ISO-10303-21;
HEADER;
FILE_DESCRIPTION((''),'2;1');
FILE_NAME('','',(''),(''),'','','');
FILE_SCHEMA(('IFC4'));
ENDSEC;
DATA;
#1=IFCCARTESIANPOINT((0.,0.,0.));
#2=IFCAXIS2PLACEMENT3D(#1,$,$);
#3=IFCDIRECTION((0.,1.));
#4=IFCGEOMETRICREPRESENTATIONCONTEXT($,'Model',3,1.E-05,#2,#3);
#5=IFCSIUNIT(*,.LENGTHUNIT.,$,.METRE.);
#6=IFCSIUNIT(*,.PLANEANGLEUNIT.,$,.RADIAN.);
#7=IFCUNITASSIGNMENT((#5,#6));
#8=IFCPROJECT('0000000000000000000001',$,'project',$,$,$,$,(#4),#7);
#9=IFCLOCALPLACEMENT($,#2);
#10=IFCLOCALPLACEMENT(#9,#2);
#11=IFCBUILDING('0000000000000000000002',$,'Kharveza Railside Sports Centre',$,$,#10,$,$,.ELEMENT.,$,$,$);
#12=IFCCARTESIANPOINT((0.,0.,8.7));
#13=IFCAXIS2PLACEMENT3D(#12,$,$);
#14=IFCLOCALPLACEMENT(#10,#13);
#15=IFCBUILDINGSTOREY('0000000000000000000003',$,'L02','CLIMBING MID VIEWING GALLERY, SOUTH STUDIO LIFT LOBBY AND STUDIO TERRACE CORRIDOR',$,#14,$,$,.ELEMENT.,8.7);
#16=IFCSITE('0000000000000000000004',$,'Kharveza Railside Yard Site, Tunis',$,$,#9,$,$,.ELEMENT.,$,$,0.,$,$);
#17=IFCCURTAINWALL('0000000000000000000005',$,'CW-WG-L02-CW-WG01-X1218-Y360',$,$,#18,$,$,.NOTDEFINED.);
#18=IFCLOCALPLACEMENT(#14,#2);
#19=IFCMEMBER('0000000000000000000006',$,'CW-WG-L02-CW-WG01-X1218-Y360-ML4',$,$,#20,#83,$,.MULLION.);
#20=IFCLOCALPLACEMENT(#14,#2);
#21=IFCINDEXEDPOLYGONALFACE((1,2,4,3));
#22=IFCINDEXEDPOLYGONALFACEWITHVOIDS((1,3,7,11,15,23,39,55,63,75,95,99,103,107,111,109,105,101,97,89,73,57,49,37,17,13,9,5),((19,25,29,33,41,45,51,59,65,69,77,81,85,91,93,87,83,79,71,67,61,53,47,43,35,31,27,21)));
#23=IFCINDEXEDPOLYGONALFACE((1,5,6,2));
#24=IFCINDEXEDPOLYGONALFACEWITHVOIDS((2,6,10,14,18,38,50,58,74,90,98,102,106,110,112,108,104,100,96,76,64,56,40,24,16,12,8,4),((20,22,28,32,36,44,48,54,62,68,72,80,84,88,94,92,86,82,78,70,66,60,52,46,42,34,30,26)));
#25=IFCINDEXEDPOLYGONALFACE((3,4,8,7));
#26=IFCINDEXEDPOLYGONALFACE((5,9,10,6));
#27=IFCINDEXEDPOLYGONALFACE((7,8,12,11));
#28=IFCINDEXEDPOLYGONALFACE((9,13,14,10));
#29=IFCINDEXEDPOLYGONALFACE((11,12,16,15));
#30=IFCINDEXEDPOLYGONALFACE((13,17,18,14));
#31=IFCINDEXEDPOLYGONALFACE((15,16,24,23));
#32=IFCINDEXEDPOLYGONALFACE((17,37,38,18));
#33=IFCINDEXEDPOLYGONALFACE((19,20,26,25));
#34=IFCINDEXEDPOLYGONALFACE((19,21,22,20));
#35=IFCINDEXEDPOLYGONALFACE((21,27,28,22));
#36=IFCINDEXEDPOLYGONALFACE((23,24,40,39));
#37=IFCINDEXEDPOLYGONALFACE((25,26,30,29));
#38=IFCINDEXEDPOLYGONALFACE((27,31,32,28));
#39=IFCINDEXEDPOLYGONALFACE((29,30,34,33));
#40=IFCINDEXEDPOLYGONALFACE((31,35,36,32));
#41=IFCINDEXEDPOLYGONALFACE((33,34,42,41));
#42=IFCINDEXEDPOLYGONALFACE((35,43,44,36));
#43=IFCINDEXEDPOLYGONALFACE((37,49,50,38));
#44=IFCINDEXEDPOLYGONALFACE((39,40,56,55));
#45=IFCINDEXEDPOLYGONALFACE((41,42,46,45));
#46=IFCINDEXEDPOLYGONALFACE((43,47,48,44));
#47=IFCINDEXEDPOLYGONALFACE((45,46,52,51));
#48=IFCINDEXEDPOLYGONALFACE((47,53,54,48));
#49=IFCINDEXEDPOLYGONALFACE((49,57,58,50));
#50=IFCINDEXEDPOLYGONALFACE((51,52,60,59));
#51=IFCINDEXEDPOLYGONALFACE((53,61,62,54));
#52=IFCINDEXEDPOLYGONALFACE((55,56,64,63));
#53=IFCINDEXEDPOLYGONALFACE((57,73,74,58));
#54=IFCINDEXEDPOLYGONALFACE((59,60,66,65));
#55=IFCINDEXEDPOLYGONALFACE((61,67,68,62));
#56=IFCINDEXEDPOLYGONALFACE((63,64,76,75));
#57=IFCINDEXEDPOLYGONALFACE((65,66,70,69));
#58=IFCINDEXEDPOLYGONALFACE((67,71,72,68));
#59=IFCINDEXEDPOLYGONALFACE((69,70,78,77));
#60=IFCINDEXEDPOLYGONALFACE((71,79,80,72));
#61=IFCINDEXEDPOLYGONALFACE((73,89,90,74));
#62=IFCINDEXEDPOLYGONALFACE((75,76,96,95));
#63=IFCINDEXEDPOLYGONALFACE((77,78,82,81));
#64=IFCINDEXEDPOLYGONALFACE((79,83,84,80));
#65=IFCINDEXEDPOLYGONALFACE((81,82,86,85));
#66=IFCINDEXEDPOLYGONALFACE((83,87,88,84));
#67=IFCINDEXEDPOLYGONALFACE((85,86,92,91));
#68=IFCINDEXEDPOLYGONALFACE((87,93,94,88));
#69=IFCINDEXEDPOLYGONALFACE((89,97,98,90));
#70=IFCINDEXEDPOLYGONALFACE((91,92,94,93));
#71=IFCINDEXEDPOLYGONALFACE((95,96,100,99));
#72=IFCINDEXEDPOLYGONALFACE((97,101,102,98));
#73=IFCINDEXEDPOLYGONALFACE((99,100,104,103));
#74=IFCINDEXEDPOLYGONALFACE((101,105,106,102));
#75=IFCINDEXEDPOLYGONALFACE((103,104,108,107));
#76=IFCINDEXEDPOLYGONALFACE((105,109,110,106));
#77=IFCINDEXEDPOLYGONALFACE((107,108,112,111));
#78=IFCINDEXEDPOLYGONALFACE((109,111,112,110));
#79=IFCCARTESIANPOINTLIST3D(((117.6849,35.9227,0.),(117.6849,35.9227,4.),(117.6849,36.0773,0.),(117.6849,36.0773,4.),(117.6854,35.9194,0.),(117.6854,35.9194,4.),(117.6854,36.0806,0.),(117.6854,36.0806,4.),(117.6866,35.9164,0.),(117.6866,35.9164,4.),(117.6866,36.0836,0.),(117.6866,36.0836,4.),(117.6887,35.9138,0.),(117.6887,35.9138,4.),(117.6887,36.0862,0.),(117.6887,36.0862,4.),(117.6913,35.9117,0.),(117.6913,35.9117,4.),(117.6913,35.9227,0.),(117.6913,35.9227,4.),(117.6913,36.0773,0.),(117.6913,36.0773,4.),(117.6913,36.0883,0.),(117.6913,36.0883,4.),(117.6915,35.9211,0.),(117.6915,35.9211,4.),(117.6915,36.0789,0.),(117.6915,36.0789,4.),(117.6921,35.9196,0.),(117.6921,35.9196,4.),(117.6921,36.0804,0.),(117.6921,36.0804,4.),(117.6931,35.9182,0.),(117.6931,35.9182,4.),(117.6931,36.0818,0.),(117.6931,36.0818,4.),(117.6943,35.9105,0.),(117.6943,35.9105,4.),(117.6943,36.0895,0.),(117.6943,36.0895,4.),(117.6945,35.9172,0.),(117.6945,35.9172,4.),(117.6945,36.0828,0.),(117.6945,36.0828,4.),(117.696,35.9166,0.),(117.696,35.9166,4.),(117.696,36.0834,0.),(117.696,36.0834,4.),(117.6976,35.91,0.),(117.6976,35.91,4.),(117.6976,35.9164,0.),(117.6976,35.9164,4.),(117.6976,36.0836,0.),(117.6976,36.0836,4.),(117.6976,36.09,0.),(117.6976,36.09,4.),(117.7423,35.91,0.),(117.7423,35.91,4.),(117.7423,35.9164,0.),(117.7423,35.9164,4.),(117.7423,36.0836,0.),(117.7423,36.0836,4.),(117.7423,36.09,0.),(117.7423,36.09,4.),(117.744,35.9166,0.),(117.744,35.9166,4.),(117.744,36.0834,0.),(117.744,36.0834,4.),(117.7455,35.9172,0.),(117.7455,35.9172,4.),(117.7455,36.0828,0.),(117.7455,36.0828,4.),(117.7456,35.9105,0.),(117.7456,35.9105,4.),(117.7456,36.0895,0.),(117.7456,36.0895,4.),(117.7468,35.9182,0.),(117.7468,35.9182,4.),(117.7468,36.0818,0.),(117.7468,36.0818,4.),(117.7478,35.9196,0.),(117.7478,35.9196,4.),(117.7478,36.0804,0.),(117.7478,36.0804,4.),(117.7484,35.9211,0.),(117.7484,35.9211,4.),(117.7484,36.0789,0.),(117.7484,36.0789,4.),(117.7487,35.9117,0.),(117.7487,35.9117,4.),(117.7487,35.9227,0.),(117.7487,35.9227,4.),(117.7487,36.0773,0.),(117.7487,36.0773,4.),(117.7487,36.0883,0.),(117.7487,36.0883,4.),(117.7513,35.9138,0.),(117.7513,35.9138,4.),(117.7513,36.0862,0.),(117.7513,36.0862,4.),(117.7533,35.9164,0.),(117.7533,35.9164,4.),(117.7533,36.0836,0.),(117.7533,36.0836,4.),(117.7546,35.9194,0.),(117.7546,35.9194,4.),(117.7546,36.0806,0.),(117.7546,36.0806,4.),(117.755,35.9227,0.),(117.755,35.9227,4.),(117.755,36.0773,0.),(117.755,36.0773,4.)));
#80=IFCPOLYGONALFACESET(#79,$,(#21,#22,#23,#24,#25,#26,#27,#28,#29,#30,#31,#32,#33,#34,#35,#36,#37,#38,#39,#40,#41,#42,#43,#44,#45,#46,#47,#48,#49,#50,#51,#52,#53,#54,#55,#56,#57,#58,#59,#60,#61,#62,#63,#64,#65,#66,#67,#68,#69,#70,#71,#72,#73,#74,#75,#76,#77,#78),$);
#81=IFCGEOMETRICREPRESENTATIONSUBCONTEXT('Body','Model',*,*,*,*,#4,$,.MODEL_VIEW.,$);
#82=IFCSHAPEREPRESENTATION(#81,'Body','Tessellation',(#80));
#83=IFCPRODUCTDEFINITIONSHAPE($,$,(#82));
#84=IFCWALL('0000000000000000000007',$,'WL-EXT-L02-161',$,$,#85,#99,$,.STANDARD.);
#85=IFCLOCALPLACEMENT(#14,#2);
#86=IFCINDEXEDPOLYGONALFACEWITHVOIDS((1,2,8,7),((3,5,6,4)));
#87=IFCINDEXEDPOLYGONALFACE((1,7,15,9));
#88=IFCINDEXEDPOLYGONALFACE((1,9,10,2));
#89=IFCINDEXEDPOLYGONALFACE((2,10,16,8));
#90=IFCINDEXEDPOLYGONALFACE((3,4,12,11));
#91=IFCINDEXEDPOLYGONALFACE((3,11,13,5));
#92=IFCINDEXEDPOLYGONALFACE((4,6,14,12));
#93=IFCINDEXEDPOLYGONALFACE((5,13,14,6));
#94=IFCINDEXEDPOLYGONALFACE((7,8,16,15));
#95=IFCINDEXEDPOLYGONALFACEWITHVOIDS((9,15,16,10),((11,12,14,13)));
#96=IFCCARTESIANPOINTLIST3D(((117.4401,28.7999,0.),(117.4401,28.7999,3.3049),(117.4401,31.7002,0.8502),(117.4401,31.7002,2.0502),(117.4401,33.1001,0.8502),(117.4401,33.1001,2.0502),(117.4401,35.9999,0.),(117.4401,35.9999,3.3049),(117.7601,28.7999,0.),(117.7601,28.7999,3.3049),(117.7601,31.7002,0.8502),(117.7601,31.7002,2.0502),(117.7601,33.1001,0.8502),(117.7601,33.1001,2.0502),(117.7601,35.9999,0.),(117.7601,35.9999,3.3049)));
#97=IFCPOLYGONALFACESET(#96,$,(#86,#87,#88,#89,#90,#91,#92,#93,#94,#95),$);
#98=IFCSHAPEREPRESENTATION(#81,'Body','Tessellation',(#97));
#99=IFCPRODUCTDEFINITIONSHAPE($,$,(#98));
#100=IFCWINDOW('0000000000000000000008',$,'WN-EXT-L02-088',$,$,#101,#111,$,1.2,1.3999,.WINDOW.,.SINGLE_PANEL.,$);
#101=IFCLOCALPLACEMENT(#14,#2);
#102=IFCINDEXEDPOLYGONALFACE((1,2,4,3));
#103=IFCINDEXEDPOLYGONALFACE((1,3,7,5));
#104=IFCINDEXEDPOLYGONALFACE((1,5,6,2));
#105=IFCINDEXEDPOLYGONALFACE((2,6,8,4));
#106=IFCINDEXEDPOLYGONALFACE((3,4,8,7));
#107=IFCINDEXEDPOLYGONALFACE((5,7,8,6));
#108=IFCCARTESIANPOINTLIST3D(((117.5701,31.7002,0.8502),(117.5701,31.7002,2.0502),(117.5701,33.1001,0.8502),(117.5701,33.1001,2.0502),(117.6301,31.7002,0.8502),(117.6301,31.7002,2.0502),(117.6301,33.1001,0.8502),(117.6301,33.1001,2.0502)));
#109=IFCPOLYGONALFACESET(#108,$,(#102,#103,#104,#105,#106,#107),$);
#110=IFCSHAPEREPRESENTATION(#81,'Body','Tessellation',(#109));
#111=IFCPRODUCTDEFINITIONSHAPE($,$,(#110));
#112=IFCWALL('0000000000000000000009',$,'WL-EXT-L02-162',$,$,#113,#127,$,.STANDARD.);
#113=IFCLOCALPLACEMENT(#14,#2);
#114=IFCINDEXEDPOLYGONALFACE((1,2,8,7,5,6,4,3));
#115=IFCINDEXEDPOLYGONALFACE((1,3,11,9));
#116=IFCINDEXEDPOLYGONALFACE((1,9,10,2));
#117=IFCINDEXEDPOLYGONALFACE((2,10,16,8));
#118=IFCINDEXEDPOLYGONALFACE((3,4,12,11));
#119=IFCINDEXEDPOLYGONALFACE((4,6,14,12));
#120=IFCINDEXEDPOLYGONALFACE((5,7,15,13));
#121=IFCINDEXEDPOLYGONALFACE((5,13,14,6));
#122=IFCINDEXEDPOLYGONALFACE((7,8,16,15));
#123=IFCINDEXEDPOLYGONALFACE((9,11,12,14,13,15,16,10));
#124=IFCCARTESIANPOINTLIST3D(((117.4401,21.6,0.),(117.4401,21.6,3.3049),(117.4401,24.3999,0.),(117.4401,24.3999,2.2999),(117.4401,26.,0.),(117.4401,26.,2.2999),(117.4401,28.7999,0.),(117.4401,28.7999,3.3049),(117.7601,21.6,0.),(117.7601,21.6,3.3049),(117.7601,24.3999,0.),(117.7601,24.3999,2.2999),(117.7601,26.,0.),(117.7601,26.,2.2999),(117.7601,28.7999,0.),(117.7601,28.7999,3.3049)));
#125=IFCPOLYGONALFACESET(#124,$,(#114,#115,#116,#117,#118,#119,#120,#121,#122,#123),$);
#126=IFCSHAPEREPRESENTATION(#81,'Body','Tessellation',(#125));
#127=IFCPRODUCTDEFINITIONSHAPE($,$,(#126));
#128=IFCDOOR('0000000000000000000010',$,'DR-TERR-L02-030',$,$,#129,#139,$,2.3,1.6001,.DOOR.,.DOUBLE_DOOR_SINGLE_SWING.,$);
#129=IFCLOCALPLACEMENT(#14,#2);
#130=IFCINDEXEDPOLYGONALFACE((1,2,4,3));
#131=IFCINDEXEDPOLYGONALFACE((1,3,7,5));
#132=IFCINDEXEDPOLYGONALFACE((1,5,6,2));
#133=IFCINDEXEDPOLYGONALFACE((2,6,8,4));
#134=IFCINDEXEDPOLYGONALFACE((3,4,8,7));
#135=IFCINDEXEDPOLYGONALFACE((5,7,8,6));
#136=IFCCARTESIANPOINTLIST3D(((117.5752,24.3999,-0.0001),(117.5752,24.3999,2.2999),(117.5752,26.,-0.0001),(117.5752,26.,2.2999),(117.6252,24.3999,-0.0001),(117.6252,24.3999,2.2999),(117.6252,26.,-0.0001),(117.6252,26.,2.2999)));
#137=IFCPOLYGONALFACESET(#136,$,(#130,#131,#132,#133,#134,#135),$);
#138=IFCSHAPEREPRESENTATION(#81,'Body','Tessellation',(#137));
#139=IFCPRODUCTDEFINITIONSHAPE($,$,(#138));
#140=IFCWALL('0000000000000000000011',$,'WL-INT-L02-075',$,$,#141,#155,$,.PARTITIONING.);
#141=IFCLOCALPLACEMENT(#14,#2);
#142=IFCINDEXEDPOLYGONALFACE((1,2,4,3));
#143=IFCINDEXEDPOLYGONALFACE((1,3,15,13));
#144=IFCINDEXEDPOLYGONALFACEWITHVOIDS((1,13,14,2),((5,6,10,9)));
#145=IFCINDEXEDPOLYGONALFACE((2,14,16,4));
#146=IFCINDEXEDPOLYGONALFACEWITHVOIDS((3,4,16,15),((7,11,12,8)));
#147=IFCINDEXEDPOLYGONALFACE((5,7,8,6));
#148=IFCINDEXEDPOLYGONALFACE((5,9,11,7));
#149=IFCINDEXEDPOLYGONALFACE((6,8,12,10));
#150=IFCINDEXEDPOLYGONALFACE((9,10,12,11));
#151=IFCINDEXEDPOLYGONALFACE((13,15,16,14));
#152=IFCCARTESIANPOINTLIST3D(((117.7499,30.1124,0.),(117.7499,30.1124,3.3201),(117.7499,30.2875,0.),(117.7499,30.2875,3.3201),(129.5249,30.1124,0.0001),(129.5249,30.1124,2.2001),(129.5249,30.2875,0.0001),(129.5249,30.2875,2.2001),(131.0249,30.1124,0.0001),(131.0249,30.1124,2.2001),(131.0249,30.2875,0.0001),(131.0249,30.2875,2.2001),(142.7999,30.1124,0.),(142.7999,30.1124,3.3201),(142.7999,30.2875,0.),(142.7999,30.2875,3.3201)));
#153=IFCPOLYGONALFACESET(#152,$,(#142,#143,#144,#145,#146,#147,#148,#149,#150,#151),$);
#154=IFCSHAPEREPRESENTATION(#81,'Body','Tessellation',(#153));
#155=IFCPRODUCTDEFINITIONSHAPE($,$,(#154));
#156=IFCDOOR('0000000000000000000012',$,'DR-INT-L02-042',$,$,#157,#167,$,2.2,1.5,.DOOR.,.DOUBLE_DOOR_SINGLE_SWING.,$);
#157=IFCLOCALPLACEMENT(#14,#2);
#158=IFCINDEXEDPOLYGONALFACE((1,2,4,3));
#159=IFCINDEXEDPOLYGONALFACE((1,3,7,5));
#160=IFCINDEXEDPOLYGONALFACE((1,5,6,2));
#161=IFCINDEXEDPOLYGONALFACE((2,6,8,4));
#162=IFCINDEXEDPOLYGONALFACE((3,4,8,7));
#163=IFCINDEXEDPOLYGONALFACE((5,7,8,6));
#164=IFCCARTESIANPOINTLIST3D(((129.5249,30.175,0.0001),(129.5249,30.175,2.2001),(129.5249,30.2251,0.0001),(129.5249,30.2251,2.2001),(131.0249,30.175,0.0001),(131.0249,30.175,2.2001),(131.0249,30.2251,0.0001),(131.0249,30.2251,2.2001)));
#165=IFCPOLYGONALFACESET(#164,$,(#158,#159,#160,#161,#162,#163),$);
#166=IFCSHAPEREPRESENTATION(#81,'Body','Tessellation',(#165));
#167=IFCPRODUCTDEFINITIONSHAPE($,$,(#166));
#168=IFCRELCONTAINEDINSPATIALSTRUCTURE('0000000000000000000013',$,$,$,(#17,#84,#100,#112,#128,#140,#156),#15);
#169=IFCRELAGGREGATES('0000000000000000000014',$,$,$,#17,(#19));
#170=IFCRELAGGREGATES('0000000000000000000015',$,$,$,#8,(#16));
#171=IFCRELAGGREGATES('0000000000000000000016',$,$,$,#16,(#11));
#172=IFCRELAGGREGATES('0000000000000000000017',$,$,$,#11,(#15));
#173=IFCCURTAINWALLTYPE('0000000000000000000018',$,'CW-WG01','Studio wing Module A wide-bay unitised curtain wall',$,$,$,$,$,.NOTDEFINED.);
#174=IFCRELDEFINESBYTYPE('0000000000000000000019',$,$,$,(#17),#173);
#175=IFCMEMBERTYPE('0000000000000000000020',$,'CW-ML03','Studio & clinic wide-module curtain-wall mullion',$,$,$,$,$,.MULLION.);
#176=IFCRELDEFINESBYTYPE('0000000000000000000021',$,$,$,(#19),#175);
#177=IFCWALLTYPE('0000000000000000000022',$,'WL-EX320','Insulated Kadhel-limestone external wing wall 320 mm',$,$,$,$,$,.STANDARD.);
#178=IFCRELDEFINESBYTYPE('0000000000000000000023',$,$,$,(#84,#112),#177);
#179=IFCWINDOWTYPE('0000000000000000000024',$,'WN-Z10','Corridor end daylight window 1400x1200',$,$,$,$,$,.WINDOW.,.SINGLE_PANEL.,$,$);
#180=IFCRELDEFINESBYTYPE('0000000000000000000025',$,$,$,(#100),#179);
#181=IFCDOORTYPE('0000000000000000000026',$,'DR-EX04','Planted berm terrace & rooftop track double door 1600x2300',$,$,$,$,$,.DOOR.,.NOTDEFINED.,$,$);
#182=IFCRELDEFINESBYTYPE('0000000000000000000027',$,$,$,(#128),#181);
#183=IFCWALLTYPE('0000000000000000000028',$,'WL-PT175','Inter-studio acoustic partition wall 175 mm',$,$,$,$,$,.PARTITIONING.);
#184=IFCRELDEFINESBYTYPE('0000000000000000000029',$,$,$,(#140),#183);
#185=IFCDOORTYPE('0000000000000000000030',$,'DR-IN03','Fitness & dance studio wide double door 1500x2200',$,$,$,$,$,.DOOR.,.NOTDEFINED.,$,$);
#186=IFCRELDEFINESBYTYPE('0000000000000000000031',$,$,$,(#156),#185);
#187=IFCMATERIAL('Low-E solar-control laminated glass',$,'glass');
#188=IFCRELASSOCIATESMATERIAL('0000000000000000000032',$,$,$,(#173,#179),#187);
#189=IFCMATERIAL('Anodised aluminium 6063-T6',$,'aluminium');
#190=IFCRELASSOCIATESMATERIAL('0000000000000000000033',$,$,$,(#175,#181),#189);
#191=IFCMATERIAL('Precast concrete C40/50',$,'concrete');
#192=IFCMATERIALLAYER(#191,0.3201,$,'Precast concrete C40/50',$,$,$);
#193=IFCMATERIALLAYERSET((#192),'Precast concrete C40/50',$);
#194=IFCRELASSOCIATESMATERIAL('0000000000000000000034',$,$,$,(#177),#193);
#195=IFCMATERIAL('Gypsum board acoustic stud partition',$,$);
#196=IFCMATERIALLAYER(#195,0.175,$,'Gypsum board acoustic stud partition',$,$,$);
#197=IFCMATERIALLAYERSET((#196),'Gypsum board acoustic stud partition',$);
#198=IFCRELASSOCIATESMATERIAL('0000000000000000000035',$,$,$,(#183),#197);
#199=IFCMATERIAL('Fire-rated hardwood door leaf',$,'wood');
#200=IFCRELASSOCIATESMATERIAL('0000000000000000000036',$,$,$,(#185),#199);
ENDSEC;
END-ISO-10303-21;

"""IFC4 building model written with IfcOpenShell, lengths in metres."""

from ifc_helpers import new_model, si_unit, direction, frame, frame_2d, origin, origin_2d, place, context, subcontext, project, spatial, rectangle, hollow_rectangle, extrude, material, layer, layer_set, material_profile, profile_set, type_object, element, fill, aggregate, save


model = new_model("IFC4")

# Units and contexts
model_context = context("Model", 3, precision=1e-05, world=origin(), true_north=direction((0.0, 1.0)))
body_context = subcontext(model_context, "Body", "Model", "MODEL_VIEW")
ifc_project = project(units=[si_unit("LENGTHUNIT", "METRE"), si_unit("PLANEANGLEUNIT", "RADIAN")], contexts=[model_context])

# Site, building, storey
site_placement = place(None, origin())
site = spatial("IfcSite", under=ifc_project, at=site_placement, Name="Kharveza Railside Yard Site, Tunis", CompositionType="ELEMENT", RefElevation=0.0)
building_placement = place(site_placement, origin())
building = spatial("IfcBuilding", under=site, at=building_placement, Name="Kharveza Railside Sports Centre", CompositionType="ELEMENT")
storey_placement = place(building_placement, frame((0.0, 0.0, 8.7)))
storey = spatial("IfcBuildingStorey", under=building, at=storey_placement, Name="L02", Description="CLIMBING MID VIEWING GALLERY, SOUTH STUDIO LIFT LOBBY AND STUDIO TERRACE CORRIDOR", CompositionType="ELEMENT", Elevation=8.7)

# Curtain wall, member
ifc_material_1 = material(Name="Low-E solar-control laminated glass", Category="glass")
curtain_wall_type = type_object("IfcCurtainWallType", Name="CW-WG01", Description="Studio wing Module A wide-bay unitised curtain wall", PredefinedType="NOTDEFINED", material=ifc_material_1)
curtain_wall_placement = place(storey_placement, origin())
curtain_wall = element("IfcCurtainWall", 1, at=curtain_wall_placement, inside=storey, type_object=curtain_wall_type, Name="CW-WG-L02-CW-WG01-X1218-Y360", PredefinedType="NOTDEFINED")
ifc_material_2 = material(Name="Anodised aluminium 6063-T6", Category="aluminium")
ifc_material_profile_1 = material_profile(ifc_material_2, hollow_rectangle(XDim=0.0701, YDim=0.1799, WallThickness=0.0063, InnerFilletRadius=0.0063, OuterFilletRadius=0.0127, at=origin_2d()), Name="RHS 70x180x6.3")
ifc_profile_set_1 = profile_set([ifc_material_profile_1], Name="Anodised aluminium 6063-T6")
member_type = type_object("IfcMemberType", Name="CW-ML03", Description="Studio & clinic wide-module curtain-wall mullion", PredefinedType="MULLION", material=ifc_profile_set_1)
member_placement = place(storey_placement, frame((117.72, 36.0, 0.0), z_axis=(0.0, 0.0, 1.0), x_axis=(1.0, 0.0, 0.0)))
member = element("IfcMember", 2, at=member_placement, type_object=member_type, Name="CW-WG-L02-CW-WG01-X1218-Y360-ML4", PredefinedType="MULLION", context=body_context, shape_type="SweptSolid", body=[
    extrude(hollow_rectangle(XDim=0.0701, YDim=0.1799, WallThickness=0.0063, InnerFilletRadius=0.0063, OuterFilletRadius=0.0127, at=origin_2d()), origin(), (0.0, 0.0, 1.0), 4.0),
])
aggregate(curtain_wall, [member])

# Wall, opening, window
ifc_material_3 = material(Name="Precast concrete C40/50", Category="concrete")
ifc_layer_1 = layer(ifc_material_3, 0.3201, Name="Precast concrete C40/50")
ifc_layer_set_1 = layer_set([ifc_layer_1], Name="Precast concrete C40/50")
wall_type_1 = type_object("IfcWallType", Name="WL-EX320", Description="Insulated Kadhel-limestone external wing wall 320 mm", PredefinedType="STANDARD", material=ifc_layer_set_1)
wall_1_placement = place(storey_placement, frame((117.6001, 36.0, 0.0), z_axis=(0.0, 0.0, 1.0), x_axis=(0.0, -1.0, 0.0)))
wall_1 = element("IfcWall", 3, at=wall_1_placement, inside=storey, type_object=wall_type_1, Name="WL-EXT-L02-161", PredefinedType="STANDARD", context=body_context, shape_type="SweptSolid", body=[
    extrude(rectangle(XDim=7.2, YDim=0.3201, at=frame_2d((3.6001, 0.0))), origin(), (0.0, 0.0, 1.0), 3.3049),
])
opening_1_placement = place(wall_1_placement, frame((2.8999, 0.0, 0.8501)))
opening_1 = element("IfcOpeningElement", 4, at=opening_1_placement, cuts=wall_1, PredefinedType="OPENING", context=body_context, shape_type="SweptSolid", body=[
    extrude(rectangle(XDim=1.3999, YDim=1.2, at=frame_2d((0.7, 0.6001))), frame((0.0, 0.1851, 0.0), z_axis=(0.0, -1.0, 0.0), x_axis=(1.0, 0.0, 0.0)), (0.0, 0.0, 1.0), 0.3699),
])
window_type = type_object("IfcWindowType", Name="WN-Z10", Description="Corridor end daylight window 1400x1200", PartitioningType="SINGLE_PANEL", PredefinedType="WINDOW", material=ifc_material_1)
window_placement = place(opening_1_placement, origin())
window = element("IfcWindow", 5, at=window_placement, inside=storey, type_object=window_type, Name="WN-EXT-L02-088", OverallHeight=1.2, OverallWidth=1.3999, PartitioningType="SINGLE_PANEL", PredefinedType="WINDOW", context=body_context, shape_type="SweptSolid", body=[
    extrude(rectangle(XDim=1.3999, YDim=1.2, at=frame_2d((0.7, 0.6001))), frame((0.0, 0.03, 0.0), z_axis=(0.0, -1.0, 0.0), x_axis=(1.0, 0.0, 0.0)), (0.0, 0.0, 1.0), 0.0601),
])
fill(opening_1, window)

# Walls, openings, doors
wall_2_placement = place(storey_placement, frame((117.6001, 28.8, 0.0), z_axis=(0.0, 0.0, 1.0), x_axis=(0.0, -1.0, 0.0)))
wall_2 = element("IfcWall", 6, at=wall_2_placement, inside=storey, type_object=wall_type_1, Name="WL-EXT-L02-162", PredefinedType="STANDARD", context=body_context, shape_type="SweptSolid", body=[
    extrude(rectangle(XDim=7.2, YDim=0.3201, at=frame_2d((3.6001, 0.0))), origin(), (0.0, 0.0, 1.0), 3.3049),
])
opening_2_placement = place(wall_2_placement, frame((2.8, 0.0, 0.0)))
opening_2 = element("IfcOpeningElement", 7, at=opening_2_placement, cuts=wall_2, PredefinedType="OPENING", context=body_context, shape_type="SweptSolid", body=[
    extrude(rectangle(XDim=1.6001, YDim=2.3, at=frame_2d((0.8, 1.1499))), frame((0.0, 0.1851, 0.0), z_axis=(0.0, -1.0, 0.0), x_axis=(1.0, 0.0, 0.0)), (0.0, 0.0, 1.0), 0.3699),
])
door_type_1 = type_object("IfcDoorType", Name="DR-EX04", Description="Planted berm terrace & rooftop track double door 1600x2300", OperationType="NOTDEFINED", PredefinedType="DOOR", material=ifc_material_2)
door_1_placement = place(opening_2_placement, frame((1.6001, 0.0, 0.0), z_axis=(0.0, 0.0, 1.0), x_axis=(-1.0, 0.0, 0.0)))
door_1 = element("IfcDoor", 8, at=door_1_placement, inside=storey, type_object=door_type_1, Name="DR-TERR-L02-030", OperationType="DOUBLE_DOOR_SINGLE_SWING", OverallHeight=2.3, OverallWidth=1.6001, PredefinedType="DOOR", context=body_context, shape_type="SweptSolid", body=[
    extrude(rectangle(XDim=1.6001, YDim=2.3, at=frame_2d((0.8, 1.1499))), frame((0.0, 0.0249, 0.0), z_axis=(0.0, -1.0, 0.0), x_axis=(1.0, 0.0, 0.0)), (0.0, 0.0, 1.0), 0.05),
])
fill(opening_2, door_1)
ifc_material_4 = material(Name="Gypsum board acoustic stud partition")
ifc_layer_2 = layer(ifc_material_4, 0.175, Name="Gypsum board acoustic stud partition")
ifc_layer_set_2 = layer_set([ifc_layer_2], Name="Gypsum board acoustic stud partition")
wall_type_2 = type_object("IfcWallType", Name="WL-PT175", Description="Inter-studio acoustic partition wall 175 mm", PredefinedType="PARTITIONING", material=ifc_layer_set_2)
wall_3_placement = place(storey_placement, frame((117.75, 30.2, 0.0), z_axis=(0.0, 0.0, 1.0), x_axis=(1.0, 0.0, 0.0)))
wall_3 = element("IfcWall", 9, at=wall_3_placement, inside=storey, type_object=wall_type_2, Name="WL-INT-L02-075", PredefinedType="PARTITIONING", context=body_context, shape_type="SweptSolid", body=[
    extrude(rectangle(XDim=25.05, YDim=0.175, at=frame_2d((12.5249, 0.0))), origin(), (0.0, 0.0, 1.0), 3.3201),
])
opening_3_placement = place(wall_3_placement, frame((11.7749, 0.0, 0.0)))
opening_3 = element("IfcOpeningElement", 10, at=opening_3_placement, cuts=wall_3, PredefinedType="OPENING", context=body_context, shape_type="SweptSolid", body=[
    extrude(rectangle(XDim=1.5, YDim=2.2, at=frame_2d((0.75, 1.1001))), frame((0.0, 0.1123, 0.0), z_axis=(0.0, -1.0, 0.0), x_axis=(1.0, 0.0, 0.0)), (0.0, 0.0, 1.0), 0.2249),
])
ifc_material_5 = material(Name="Fire-rated hardwood door leaf", Category="wood")
door_type_2 = type_object("IfcDoorType", Name="DR-IN03", Description="Fitness & dance studio wide double door 1500x2200", OperationType="NOTDEFINED", PredefinedType="DOOR", material=ifc_material_5)
door_2_placement = place(opening_3_placement, frame((1.5, 0.0, 0.0), z_axis=(0.0, 0.0, 1.0), x_axis=(-1.0, 0.0, 0.0)))
door_2 = element("IfcDoor", 11, at=door_2_placement, inside=storey, type_object=door_type_2, Name="DR-INT-L02-042", OperationType="DOUBLE_DOOR_SINGLE_SWING", OverallHeight=2.2, OverallWidth=1.5, PredefinedType="DOOR", context=body_context, shape_type="SweptSolid", body=[
    extrude(rectangle(XDim=1.5, YDim=2.2, at=frame_2d((0.75, 1.1001))), frame((0.0, 0.0249, 0.0), z_axis=(0.0, -1.0, 0.0), x_axis=(1.0, 0.0, 0.0)), (0.0, 0.0, 1.0), 0.05),
])
fill(opening_3, door_2)

save(model, "model.ifc")
